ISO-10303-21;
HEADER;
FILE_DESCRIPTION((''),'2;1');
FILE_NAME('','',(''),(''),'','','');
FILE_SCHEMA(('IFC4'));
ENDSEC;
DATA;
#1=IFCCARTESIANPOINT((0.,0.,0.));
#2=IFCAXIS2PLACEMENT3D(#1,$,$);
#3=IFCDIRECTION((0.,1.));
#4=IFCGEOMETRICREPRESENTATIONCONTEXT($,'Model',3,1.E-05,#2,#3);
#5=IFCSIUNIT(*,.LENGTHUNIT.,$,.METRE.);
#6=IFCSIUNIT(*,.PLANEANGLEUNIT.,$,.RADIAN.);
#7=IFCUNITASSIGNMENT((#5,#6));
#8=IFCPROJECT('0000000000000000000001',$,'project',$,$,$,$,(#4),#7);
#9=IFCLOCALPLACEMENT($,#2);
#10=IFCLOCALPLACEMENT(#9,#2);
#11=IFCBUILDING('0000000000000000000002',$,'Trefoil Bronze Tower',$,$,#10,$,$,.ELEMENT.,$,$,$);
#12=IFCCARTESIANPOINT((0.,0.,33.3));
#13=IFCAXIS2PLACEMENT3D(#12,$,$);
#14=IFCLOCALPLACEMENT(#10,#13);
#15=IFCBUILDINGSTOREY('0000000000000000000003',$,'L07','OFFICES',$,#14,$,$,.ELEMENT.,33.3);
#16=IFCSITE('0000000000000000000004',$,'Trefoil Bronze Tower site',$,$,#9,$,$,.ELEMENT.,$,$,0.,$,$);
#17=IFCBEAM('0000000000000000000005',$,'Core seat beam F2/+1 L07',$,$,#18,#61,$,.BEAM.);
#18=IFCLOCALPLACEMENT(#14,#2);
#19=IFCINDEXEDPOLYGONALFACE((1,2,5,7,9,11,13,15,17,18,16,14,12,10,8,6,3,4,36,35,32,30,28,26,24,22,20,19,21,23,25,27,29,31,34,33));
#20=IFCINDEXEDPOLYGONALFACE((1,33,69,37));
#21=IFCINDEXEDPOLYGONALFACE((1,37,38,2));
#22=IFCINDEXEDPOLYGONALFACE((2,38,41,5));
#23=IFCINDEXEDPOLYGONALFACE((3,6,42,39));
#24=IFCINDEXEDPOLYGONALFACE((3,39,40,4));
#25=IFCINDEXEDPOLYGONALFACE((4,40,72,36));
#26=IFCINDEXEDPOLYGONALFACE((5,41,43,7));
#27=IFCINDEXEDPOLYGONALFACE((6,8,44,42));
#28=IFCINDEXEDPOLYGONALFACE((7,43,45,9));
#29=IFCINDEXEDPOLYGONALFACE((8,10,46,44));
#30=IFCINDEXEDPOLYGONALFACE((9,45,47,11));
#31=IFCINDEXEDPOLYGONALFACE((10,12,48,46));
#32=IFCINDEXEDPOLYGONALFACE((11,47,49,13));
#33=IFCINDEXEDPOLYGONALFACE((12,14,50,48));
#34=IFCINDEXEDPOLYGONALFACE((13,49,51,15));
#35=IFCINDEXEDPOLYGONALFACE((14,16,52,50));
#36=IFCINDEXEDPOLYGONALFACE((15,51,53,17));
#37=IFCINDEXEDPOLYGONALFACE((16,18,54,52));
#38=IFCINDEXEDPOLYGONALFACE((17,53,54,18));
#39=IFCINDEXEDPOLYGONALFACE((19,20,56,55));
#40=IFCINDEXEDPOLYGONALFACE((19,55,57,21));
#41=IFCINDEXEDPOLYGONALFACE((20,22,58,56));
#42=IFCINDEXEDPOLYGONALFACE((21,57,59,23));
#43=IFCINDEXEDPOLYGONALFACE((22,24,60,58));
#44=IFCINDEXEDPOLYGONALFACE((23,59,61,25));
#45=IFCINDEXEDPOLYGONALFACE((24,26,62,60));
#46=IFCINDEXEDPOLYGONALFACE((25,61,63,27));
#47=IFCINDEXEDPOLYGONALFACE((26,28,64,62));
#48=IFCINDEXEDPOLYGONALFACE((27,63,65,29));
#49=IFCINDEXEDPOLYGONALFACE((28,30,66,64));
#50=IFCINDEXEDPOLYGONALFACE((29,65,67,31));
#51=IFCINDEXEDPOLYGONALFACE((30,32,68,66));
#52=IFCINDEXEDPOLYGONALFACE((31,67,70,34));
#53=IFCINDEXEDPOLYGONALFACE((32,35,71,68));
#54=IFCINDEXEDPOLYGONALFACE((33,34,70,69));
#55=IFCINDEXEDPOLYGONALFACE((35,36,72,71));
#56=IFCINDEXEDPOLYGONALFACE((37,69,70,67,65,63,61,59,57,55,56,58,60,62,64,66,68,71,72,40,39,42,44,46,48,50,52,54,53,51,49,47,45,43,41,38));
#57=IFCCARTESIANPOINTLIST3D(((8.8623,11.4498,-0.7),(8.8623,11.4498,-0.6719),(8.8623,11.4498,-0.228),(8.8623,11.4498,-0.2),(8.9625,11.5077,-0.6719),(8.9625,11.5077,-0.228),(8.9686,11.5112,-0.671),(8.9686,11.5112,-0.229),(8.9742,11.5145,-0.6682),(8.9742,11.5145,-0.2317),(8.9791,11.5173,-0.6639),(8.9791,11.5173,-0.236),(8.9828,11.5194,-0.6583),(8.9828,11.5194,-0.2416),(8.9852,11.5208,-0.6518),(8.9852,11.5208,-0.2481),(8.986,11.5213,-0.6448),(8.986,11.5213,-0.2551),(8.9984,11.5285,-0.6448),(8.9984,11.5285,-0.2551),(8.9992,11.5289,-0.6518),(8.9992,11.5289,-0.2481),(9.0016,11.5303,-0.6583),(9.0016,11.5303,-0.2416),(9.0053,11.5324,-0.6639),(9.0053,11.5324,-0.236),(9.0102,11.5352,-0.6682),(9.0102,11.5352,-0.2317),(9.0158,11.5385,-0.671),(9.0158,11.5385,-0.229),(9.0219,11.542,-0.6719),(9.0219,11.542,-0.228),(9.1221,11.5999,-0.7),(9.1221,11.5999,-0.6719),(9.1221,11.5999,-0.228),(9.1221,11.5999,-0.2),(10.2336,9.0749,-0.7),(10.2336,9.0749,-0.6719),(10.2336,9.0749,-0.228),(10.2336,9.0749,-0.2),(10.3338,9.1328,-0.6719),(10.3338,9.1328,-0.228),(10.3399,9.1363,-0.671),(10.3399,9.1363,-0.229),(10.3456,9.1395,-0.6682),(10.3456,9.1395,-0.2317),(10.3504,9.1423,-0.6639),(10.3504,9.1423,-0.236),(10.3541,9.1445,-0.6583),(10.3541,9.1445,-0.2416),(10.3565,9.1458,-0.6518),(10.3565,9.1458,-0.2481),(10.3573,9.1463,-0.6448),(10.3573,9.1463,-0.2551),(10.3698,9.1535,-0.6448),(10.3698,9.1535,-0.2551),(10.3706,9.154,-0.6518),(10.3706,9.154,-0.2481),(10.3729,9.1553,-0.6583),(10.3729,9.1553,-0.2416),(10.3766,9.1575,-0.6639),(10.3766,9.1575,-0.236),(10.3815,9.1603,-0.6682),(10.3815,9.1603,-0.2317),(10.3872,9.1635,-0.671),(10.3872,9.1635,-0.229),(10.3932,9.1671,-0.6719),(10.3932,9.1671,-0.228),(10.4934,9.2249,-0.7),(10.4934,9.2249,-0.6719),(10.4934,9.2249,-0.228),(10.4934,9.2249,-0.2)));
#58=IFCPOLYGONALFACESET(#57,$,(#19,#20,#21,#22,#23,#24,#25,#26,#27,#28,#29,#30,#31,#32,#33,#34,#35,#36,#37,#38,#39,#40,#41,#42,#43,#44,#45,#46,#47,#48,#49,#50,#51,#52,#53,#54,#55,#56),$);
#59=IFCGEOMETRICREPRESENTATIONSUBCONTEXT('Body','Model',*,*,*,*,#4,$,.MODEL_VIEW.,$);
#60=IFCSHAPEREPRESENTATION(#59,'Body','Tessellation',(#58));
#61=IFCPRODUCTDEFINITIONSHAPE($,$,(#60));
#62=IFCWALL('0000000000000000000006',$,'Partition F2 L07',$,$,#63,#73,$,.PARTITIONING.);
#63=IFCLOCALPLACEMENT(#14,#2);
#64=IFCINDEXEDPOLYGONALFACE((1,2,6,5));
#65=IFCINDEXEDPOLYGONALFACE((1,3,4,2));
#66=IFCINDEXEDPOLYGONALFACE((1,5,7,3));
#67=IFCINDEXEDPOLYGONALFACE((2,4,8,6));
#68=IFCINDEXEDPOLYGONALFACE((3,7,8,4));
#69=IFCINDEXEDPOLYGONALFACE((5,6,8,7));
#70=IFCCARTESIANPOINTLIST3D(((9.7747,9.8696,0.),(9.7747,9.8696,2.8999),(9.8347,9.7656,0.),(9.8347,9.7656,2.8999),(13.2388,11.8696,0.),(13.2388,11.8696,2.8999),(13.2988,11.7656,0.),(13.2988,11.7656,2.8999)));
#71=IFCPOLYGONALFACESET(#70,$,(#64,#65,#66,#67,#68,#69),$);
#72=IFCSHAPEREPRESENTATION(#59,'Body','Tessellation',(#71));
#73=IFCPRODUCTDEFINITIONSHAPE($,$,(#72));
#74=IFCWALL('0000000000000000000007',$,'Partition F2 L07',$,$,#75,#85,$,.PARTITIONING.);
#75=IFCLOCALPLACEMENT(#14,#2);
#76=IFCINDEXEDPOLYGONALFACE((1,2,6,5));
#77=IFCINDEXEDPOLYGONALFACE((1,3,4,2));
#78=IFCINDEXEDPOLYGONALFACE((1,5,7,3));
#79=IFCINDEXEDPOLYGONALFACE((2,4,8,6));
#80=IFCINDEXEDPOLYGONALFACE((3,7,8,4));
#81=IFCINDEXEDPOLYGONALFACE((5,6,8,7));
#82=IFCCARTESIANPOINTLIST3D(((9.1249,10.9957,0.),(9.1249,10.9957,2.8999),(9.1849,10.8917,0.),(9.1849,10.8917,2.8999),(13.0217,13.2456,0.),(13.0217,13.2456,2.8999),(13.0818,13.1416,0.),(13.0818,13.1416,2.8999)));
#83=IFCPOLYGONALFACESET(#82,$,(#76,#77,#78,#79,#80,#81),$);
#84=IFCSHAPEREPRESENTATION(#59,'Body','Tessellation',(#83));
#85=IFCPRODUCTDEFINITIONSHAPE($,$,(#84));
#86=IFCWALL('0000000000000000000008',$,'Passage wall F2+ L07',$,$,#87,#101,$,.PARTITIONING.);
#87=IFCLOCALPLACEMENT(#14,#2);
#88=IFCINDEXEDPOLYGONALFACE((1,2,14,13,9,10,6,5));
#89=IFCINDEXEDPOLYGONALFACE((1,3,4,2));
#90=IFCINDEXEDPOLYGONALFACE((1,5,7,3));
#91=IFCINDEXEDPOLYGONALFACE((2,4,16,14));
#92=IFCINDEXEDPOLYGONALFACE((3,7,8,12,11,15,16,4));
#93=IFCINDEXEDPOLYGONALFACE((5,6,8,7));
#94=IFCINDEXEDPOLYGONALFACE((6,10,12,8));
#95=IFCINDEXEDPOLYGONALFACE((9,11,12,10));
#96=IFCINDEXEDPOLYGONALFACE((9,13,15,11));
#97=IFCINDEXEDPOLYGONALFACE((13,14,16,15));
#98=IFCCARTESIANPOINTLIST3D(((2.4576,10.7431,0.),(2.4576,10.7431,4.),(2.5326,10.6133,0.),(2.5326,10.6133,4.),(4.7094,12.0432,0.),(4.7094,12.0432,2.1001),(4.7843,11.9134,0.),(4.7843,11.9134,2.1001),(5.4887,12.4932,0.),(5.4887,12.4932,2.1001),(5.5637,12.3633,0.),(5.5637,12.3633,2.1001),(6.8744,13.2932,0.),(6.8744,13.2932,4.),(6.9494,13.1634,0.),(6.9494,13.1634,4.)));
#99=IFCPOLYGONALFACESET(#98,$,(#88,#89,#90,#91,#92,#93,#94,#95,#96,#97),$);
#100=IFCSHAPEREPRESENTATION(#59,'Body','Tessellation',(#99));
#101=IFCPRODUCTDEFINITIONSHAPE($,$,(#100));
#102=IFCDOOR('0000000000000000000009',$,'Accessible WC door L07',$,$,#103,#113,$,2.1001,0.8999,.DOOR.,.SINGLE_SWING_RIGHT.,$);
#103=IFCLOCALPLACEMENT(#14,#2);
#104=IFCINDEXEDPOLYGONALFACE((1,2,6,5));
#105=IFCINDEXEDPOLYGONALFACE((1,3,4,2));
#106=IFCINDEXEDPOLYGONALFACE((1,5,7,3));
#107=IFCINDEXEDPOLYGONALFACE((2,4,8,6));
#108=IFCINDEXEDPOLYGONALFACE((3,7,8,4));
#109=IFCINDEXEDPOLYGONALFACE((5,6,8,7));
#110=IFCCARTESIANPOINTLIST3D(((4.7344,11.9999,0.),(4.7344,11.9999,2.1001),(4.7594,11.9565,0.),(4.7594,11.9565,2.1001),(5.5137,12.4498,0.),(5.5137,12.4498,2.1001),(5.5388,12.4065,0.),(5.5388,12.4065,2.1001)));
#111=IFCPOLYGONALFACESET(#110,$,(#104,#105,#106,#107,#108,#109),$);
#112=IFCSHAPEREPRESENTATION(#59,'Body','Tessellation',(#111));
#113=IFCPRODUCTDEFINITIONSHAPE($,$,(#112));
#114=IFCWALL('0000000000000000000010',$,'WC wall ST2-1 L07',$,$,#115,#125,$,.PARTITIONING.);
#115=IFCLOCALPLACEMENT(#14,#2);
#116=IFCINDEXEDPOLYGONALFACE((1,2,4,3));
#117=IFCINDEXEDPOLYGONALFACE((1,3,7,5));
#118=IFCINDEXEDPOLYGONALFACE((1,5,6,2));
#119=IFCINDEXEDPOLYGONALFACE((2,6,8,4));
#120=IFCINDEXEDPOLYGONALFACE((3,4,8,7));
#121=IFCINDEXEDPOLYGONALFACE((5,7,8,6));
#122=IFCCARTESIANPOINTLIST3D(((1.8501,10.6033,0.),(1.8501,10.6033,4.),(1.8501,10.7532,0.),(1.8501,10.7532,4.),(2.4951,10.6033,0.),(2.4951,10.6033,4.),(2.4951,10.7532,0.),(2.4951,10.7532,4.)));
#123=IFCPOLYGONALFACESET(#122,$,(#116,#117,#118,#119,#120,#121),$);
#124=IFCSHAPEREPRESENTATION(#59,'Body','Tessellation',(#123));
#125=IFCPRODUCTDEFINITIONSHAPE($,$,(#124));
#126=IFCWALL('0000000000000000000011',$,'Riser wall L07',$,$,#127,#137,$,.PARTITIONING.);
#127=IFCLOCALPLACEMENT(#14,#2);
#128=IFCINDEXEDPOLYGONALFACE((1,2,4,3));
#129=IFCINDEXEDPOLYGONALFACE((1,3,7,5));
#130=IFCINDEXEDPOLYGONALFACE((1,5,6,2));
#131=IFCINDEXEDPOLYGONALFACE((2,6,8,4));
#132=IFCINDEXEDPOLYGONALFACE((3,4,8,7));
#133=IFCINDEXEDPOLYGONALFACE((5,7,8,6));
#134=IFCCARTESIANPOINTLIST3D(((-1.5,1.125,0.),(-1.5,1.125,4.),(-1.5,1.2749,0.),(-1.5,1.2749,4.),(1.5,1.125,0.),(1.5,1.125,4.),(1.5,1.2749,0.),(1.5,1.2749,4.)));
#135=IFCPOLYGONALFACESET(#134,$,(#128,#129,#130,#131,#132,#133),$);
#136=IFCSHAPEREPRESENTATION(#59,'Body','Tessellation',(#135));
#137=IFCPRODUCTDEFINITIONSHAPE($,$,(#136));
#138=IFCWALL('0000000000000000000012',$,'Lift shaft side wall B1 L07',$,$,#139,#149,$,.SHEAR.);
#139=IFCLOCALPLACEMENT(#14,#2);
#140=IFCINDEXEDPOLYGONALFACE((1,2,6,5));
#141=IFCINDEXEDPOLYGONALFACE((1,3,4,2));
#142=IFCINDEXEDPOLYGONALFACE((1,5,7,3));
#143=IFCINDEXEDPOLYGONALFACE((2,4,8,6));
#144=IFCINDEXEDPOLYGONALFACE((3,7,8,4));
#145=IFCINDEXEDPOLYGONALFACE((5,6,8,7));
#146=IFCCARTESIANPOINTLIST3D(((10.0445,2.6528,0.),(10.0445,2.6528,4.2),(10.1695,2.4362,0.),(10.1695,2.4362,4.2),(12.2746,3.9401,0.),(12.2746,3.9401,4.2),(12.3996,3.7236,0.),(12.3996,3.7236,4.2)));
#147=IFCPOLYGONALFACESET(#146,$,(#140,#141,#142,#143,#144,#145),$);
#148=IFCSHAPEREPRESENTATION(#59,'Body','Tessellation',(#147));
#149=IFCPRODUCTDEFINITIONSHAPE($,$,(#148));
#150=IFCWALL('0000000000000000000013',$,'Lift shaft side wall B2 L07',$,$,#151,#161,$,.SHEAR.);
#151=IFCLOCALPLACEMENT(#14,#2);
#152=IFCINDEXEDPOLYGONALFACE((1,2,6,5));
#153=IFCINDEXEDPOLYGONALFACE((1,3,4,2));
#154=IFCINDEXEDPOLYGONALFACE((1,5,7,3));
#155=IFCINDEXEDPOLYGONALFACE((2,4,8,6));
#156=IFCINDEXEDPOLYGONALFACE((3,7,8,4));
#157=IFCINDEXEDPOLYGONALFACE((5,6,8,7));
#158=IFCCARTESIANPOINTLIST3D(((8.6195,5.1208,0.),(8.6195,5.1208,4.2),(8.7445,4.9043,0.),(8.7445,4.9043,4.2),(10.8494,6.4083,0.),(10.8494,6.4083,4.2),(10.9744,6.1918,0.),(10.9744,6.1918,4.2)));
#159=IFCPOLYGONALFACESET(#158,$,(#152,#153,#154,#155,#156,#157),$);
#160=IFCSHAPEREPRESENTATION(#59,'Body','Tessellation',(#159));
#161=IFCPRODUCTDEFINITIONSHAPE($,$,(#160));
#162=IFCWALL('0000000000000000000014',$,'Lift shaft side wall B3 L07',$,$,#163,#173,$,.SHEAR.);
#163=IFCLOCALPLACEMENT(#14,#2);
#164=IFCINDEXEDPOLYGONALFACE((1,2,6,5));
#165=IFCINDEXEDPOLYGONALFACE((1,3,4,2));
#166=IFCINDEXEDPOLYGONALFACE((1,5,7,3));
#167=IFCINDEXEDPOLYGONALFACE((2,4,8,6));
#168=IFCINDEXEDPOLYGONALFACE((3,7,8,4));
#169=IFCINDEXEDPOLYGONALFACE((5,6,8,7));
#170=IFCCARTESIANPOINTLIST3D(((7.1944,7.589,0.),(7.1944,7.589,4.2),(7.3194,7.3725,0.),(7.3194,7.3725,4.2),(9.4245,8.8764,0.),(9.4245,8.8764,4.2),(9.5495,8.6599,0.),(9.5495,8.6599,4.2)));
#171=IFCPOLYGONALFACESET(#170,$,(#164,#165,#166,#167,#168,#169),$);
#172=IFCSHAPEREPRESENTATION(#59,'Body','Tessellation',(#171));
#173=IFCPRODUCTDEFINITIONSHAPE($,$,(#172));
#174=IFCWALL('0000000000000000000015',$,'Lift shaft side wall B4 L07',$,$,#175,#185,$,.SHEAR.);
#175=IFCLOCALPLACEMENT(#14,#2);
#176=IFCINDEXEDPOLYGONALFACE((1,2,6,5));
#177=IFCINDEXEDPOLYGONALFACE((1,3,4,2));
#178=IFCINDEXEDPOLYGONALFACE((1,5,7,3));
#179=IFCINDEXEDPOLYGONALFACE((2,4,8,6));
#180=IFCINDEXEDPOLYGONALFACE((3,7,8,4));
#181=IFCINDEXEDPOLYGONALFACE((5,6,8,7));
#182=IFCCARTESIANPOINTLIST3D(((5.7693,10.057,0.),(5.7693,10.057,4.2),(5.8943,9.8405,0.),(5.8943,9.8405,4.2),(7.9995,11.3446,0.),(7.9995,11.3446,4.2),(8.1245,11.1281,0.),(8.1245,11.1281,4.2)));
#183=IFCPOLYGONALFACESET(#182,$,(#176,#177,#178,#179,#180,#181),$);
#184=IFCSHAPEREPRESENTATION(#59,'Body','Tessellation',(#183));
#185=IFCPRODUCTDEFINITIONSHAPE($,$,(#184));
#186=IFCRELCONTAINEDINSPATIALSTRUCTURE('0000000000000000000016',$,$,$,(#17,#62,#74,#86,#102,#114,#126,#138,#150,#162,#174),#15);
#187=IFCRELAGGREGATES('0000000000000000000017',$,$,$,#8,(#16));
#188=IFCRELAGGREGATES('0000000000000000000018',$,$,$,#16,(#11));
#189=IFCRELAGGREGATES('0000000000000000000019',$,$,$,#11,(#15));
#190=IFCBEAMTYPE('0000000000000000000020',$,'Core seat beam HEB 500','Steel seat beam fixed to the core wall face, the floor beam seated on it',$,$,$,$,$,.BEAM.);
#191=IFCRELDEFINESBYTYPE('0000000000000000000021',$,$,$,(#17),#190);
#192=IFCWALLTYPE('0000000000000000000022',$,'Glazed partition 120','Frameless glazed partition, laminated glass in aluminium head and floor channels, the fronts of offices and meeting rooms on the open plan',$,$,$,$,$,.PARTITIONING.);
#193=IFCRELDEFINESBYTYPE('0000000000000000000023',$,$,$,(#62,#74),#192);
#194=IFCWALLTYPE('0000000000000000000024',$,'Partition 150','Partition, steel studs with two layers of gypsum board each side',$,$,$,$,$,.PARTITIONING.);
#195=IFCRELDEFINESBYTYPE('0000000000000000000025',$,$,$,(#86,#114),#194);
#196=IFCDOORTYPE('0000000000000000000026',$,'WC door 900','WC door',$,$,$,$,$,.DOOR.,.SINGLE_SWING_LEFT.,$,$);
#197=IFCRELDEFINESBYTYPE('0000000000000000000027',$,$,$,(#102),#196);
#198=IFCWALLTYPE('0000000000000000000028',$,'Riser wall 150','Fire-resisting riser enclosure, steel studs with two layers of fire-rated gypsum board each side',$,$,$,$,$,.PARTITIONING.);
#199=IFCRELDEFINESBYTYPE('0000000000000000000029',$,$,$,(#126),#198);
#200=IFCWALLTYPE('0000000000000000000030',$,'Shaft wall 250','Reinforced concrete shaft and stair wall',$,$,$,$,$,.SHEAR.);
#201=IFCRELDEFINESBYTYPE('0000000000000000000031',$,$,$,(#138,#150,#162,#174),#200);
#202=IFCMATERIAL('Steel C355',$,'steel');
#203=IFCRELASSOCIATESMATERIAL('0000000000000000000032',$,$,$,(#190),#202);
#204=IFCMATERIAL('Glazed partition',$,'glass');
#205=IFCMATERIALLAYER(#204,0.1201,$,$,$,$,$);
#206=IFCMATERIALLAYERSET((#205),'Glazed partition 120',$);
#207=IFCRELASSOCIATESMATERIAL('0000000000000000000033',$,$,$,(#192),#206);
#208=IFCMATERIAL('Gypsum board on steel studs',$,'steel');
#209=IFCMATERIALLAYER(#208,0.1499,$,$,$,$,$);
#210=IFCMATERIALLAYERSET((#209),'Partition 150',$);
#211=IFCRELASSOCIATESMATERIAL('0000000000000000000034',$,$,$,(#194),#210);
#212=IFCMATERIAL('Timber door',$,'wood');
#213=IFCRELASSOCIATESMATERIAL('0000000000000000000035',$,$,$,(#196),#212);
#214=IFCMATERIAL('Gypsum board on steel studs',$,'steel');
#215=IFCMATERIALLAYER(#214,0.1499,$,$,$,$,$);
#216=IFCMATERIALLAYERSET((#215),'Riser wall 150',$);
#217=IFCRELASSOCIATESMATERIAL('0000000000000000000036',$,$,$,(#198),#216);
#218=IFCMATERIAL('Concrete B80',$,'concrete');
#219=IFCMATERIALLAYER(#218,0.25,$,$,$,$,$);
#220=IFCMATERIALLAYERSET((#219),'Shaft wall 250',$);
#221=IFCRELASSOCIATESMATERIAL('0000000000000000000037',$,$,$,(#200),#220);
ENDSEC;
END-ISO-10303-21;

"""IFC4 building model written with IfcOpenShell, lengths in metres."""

from ifc_helpers import new_model, si_unit, direction, frame, frame_2d, origin, origin_2d, place, context, subcontext, project, spatial, rectangle, i_section, extrude, material, layer, layer_set, material_profile, profile_set, type_object, element, fill, save


model = new_model("IFC4")

# Units and contexts
model_context = context("Model", 3, precision=1e-05, world=origin(), true_north=direction((0.0, 1.0)))
body_context = subcontext(model_context, "Body", "Model", "MODEL_VIEW")
ifc_project = project(units=[si_unit("LENGTHUNIT", "METRE"), si_unit("PLANEANGLEUNIT", "RADIAN")], contexts=[model_context])

# Site, building, storey
site_placement = place(None, origin())
site = spatial("IfcSite", under=ifc_project, at=site_placement, Name="Trefoil Bronze Tower site", CompositionType="ELEMENT", RefElevation=0.0)
building_placement = place(site_placement, origin())
building = spatial("IfcBuilding", under=site, at=building_placement, Name="Trefoil Bronze Tower", CompositionType="ELEMENT")
storey_placement = place(building_placement, frame((0.0, 0.0, 33.3)))
storey = spatial("IfcBuildingStorey", under=building, at=storey_placement, Name="L07", Description="OFFICES", CompositionType="ELEMENT", Elevation=33.3)

# Beam
ifc_material_1 = material(Name="Steel C355", Category="steel")
ifc_material_profile = material_profile(ifc_material_1, i_section(OverallWidth=0.3, OverallDepth=0.5, WebThickness=0.0144, FlangeThickness=0.0281, FilletRadius=0.0271, at=origin_2d()), Name="HEB 500")
ifc_profile_set = profile_set([ifc_material_profile], Name="Steel C355")
beam_type = type_object("IfcBeamType", Name="Core seat beam HEB 500", Description="Steel seat beam fixed to the core wall face, the floor beam seated on it", PredefinedType="BEAM", material=ifc_profile_set)
beam_placement = place(storey_placement, frame((10.3635, 9.1499, -0.45), z_axis=(-0.500036, 0.866005, 0.0), x_axis=(-0.866005, -0.500036, 0.0)))
element("IfcBeam", 1, at=beam_placement, inside=storey, type_object=beam_type, Name="Core seat beam F2/+1 L07", PredefinedType="BEAM", context=body_context, shape_type="SweptSolid", body=[
    extrude(i_section(OverallWidth=0.3, OverallDepth=0.5, WebThickness=0.0144, FlangeThickness=0.0281, FilletRadius=0.0271, at=origin_2d()), origin(), (0.0, 0.0, 1.0), 2.7424),
])

# Walls
ifc_material_2 = material(Name="Glazed partition", Category="glass")
ifc_layer_1 = layer(ifc_material_2, 0.1201)
ifc_layer_set_1 = layer_set([ifc_layer_1], Name="Glazed partition 120")
wall_type_1 = type_object("IfcWallType", Name="Glazed partition 120", Description="Frameless glazed partition, laminated glass in aluminium head and floor channels, the fronts of offices and meeting rooms on the open plan", PredefinedType="PARTITIONING", material=ifc_layer_set_1)
wall_1_placement = place(storey_placement, frame((9.8047, 9.8176, 0.0), z_axis=(0.0, 0.0, 1.0), x_axis=(0.866026, 0.499999, 0.0)))
element("IfcWall", 2, at=wall_1_placement, inside=storey, type_object=wall_type_1, Name="Partition F2 L07", PredefinedType="PARTITIONING", context=body_context, shape_type="SweptSolid", body=[
    extrude(rectangle(XDim=4.0, YDim=0.1201, at=frame_2d((2.0, 0.0))), origin(), (0.0, 0.0, 1.0), 2.8999),
])
wall_2_placement = place(storey_placement, frame((9.1548, 10.9436, 0.0), z_axis=(0.0, 0.0, 1.0), x_axis=(0.866018, 0.500014, 0.0)))
element("IfcWall", 3, at=wall_2_placement, inside=storey, type_object=wall_type_1, Name="Partition F2 L07", PredefinedType="PARTITIONING", context=body_context, shape_type="SweptSolid", body=[
    extrude(rectangle(XDim=4.4998, YDim=0.1201, at=frame_2d((2.25, 0.0))), origin(), (0.0, 0.0, 1.0), 2.8999),
])

# Wall, opening, door
ifc_material_3 = material(Name="Gypsum board on steel studs", Category="steel")
ifc_layer_2 = layer(ifc_material_3, 0.1499)
ifc_layer_set_2 = layer_set([ifc_layer_2], Name="Partition 150")
wall_type_2 = type_object("IfcWallType", Name="Partition 150", Description="Partition, steel studs with two layers of gypsum board each side", PredefinedType="PARTITIONING", material=ifc_layer_set_2)
wall_3_placement = place(storey_placement, frame((2.4951, 10.6782, 0.0), z_axis=(0.0, 0.0, 1.0), x_axis=(0.866022, 0.500006, 0.0)))
wall_3 = element("IfcWall", 4, at=wall_3_placement, inside=storey, type_object=wall_type_2, Name="Passage wall F2+ L07", PredefinedType="PARTITIONING", context=body_context, shape_type="SweptSolid", body=[
    extrude(rectangle(XDim=5.1001, YDim=0.1499, at=frame_2d((2.55, 0.0))), origin(), (0.0, 0.0, 1.0), 4.0),
])
opening_1_placement = place(wall_3_placement, frame((2.6001, 0.0, 0.0)))
opening_1 = element("IfcOpeningElement", 5, at=opening_1_placement, cuts=wall_3, PredefinedType="OPENING", context=body_context, shape_type="SweptSolid", body=[
    extrude(rectangle(XDim=0.8999, YDim=2.1001, at=frame_2d((0.45, 1.05))), frame((0.0, 0.085, 0.0), z_axis=(0.0, -1.0, 0.0), x_axis=(1.0, 0.0, 0.0)), (0.0, 0.0, 1.0), 0.1699),
])
ifc_material_4 = material(Name="Timber door", Category="wood")
door_type_1 = type_object("IfcDoorType", Name="WC door 900", Description="WC door", OperationType="SINGLE_SWING_LEFT", PredefinedType="DOOR", material=ifc_material_4)
door_1_placement = place(opening_1_placement, origin())
door_1 = element("IfcDoor", 6, at=door_1_placement, inside=storey, type_object=door_type_1, Name="Accessible WC door L07", OperationType="SINGLE_SWING_RIGHT", OverallHeight=2.1001, OverallWidth=0.8999, PredefinedType="DOOR", context=body_context, shape_type="SweptSolid", body=[
    extrude(rectangle(XDim=0.8999, YDim=2.1001, at=frame_2d((0.45, 1.05))), frame((0.0, 0.0249, 0.0), z_axis=(0.0, -1.0, 0.0), x_axis=(1.0, 0.0, 0.0)), (0.0, 0.0, 1.0), 0.05),
])
fill(opening_1, door_1)

# Walls
wall_4_placement = place(storey_placement, frame((2.4951, 10.6782, 0.0), z_axis=(0.0, 0.0, 1.0), x_axis=(-1.0, 0.0, 0.0)))
element("IfcWall", 7, at=wall_4_placement, inside=storey, type_object=wall_type_2, Name="WC wall ST2-1 L07", PredefinedType="PARTITIONING", context=body_context, shape_type="SweptSolid", body=[
    extrude(rectangle(XDim=0.645, YDim=0.1499, at=frame_2d((0.3225, 0.0))), origin(), (0.0, 0.0, 1.0), 4.0),
])
ifc_material_5 = material(Name="Gypsum board on steel studs", Category="steel")
ifc_layer_3 = layer(ifc_material_5, 0.1499)
ifc_layer_set_3 = layer_set([ifc_layer_3], Name="Riser wall 150")
wall_type_3 = type_object("IfcWallType", Name="Riser wall 150", Description="Fire-resisting riser enclosure, steel studs with two layers of fire-rated gypsum board each side", PredefinedType="PARTITIONING", material=ifc_layer_set_3)
wall_5_placement = place(storey_placement, frame((1.5, 1.2, 0.0), z_axis=(0.0, 0.0, 1.0), x_axis=(-1.0, 0.0, 0.0)))
element("IfcWall", 8, at=wall_5_placement, inside=storey, type_object=wall_type_3, Name="Riser wall L07", PredefinedType="PARTITIONING", context=body_context, shape_type="SweptSolid", body=[
    extrude(rectangle(XDim=3.0, YDim=0.1499, at=frame_2d((1.5, 0.0))), origin(), (0.0, 0.0, 1.0), 4.0),
])
ifc_material_6 = material(Name="Concrete B80", Category="concrete")
ifc_layer_4 = layer(ifc_material_6, 0.25)
ifc_layer_set_4 = layer_set([ifc_layer_4], Name="Shaft wall 250")
wall_type_4 = type_object("IfcWallType", Name="Shaft wall 250", Description="Reinforced concrete shaft and stair wall", PredefinedType="SHEAR", material=ifc_layer_set_4)
for number, where, z_axis, x_axis, name in (
    (9, (10.1069, 2.5444, 0.0), (0.0, 0.0, 1.0), (0.866047, 0.499963, 0.0), "Lift shaft side wall B1 L07"),
    (10, (8.6819, 5.0125, 0.0), (0.0, 0.0, 1.0), (0.866006, 0.500034, 0.0), "Lift shaft side wall B2 L07"),
    (11, (7.2568, 7.4807, 0.0), (0.0, 0.0, 1.0), (0.866047, 0.499963, 0.0), "Lift shaft side wall B3 L07"),
):
    element("IfcWall", number, at=place(storey_placement, frame(where, z_axis=z_axis, x_axis=x_axis)), inside=storey, type_object=wall_type_4, Name=name, PredefinedType="SHEAR", context=body_context, shape_type="SweptSolid", body=[
        extrude(rectangle(XDim=2.575, YDim=0.25, at=frame_2d((1.2876, 0.0))), origin(), (0.0, 0.0, 1.0), 4.2),
    ])
wall_6_placement = place(storey_placement, frame((5.8318, 9.9487, 0.0), z_axis=(0.0, 0.0, 1.0), x_axis=(0.866029, 0.499993, 0.0)))
element("IfcWall", 12, at=wall_6_placement, inside=storey, type_object=wall_type_4, Name="Lift shaft side wall B4 L07", PredefinedType="SHEAR", context=body_context, shape_type="SweptSolid", body=[
    extrude(rectangle(XDim=2.5752, YDim=0.25, at=frame_2d((1.2876, 0.0))), origin(), (0.0, 0.0, 1.0), 4.2),
])

save(model, "model.ifc")
